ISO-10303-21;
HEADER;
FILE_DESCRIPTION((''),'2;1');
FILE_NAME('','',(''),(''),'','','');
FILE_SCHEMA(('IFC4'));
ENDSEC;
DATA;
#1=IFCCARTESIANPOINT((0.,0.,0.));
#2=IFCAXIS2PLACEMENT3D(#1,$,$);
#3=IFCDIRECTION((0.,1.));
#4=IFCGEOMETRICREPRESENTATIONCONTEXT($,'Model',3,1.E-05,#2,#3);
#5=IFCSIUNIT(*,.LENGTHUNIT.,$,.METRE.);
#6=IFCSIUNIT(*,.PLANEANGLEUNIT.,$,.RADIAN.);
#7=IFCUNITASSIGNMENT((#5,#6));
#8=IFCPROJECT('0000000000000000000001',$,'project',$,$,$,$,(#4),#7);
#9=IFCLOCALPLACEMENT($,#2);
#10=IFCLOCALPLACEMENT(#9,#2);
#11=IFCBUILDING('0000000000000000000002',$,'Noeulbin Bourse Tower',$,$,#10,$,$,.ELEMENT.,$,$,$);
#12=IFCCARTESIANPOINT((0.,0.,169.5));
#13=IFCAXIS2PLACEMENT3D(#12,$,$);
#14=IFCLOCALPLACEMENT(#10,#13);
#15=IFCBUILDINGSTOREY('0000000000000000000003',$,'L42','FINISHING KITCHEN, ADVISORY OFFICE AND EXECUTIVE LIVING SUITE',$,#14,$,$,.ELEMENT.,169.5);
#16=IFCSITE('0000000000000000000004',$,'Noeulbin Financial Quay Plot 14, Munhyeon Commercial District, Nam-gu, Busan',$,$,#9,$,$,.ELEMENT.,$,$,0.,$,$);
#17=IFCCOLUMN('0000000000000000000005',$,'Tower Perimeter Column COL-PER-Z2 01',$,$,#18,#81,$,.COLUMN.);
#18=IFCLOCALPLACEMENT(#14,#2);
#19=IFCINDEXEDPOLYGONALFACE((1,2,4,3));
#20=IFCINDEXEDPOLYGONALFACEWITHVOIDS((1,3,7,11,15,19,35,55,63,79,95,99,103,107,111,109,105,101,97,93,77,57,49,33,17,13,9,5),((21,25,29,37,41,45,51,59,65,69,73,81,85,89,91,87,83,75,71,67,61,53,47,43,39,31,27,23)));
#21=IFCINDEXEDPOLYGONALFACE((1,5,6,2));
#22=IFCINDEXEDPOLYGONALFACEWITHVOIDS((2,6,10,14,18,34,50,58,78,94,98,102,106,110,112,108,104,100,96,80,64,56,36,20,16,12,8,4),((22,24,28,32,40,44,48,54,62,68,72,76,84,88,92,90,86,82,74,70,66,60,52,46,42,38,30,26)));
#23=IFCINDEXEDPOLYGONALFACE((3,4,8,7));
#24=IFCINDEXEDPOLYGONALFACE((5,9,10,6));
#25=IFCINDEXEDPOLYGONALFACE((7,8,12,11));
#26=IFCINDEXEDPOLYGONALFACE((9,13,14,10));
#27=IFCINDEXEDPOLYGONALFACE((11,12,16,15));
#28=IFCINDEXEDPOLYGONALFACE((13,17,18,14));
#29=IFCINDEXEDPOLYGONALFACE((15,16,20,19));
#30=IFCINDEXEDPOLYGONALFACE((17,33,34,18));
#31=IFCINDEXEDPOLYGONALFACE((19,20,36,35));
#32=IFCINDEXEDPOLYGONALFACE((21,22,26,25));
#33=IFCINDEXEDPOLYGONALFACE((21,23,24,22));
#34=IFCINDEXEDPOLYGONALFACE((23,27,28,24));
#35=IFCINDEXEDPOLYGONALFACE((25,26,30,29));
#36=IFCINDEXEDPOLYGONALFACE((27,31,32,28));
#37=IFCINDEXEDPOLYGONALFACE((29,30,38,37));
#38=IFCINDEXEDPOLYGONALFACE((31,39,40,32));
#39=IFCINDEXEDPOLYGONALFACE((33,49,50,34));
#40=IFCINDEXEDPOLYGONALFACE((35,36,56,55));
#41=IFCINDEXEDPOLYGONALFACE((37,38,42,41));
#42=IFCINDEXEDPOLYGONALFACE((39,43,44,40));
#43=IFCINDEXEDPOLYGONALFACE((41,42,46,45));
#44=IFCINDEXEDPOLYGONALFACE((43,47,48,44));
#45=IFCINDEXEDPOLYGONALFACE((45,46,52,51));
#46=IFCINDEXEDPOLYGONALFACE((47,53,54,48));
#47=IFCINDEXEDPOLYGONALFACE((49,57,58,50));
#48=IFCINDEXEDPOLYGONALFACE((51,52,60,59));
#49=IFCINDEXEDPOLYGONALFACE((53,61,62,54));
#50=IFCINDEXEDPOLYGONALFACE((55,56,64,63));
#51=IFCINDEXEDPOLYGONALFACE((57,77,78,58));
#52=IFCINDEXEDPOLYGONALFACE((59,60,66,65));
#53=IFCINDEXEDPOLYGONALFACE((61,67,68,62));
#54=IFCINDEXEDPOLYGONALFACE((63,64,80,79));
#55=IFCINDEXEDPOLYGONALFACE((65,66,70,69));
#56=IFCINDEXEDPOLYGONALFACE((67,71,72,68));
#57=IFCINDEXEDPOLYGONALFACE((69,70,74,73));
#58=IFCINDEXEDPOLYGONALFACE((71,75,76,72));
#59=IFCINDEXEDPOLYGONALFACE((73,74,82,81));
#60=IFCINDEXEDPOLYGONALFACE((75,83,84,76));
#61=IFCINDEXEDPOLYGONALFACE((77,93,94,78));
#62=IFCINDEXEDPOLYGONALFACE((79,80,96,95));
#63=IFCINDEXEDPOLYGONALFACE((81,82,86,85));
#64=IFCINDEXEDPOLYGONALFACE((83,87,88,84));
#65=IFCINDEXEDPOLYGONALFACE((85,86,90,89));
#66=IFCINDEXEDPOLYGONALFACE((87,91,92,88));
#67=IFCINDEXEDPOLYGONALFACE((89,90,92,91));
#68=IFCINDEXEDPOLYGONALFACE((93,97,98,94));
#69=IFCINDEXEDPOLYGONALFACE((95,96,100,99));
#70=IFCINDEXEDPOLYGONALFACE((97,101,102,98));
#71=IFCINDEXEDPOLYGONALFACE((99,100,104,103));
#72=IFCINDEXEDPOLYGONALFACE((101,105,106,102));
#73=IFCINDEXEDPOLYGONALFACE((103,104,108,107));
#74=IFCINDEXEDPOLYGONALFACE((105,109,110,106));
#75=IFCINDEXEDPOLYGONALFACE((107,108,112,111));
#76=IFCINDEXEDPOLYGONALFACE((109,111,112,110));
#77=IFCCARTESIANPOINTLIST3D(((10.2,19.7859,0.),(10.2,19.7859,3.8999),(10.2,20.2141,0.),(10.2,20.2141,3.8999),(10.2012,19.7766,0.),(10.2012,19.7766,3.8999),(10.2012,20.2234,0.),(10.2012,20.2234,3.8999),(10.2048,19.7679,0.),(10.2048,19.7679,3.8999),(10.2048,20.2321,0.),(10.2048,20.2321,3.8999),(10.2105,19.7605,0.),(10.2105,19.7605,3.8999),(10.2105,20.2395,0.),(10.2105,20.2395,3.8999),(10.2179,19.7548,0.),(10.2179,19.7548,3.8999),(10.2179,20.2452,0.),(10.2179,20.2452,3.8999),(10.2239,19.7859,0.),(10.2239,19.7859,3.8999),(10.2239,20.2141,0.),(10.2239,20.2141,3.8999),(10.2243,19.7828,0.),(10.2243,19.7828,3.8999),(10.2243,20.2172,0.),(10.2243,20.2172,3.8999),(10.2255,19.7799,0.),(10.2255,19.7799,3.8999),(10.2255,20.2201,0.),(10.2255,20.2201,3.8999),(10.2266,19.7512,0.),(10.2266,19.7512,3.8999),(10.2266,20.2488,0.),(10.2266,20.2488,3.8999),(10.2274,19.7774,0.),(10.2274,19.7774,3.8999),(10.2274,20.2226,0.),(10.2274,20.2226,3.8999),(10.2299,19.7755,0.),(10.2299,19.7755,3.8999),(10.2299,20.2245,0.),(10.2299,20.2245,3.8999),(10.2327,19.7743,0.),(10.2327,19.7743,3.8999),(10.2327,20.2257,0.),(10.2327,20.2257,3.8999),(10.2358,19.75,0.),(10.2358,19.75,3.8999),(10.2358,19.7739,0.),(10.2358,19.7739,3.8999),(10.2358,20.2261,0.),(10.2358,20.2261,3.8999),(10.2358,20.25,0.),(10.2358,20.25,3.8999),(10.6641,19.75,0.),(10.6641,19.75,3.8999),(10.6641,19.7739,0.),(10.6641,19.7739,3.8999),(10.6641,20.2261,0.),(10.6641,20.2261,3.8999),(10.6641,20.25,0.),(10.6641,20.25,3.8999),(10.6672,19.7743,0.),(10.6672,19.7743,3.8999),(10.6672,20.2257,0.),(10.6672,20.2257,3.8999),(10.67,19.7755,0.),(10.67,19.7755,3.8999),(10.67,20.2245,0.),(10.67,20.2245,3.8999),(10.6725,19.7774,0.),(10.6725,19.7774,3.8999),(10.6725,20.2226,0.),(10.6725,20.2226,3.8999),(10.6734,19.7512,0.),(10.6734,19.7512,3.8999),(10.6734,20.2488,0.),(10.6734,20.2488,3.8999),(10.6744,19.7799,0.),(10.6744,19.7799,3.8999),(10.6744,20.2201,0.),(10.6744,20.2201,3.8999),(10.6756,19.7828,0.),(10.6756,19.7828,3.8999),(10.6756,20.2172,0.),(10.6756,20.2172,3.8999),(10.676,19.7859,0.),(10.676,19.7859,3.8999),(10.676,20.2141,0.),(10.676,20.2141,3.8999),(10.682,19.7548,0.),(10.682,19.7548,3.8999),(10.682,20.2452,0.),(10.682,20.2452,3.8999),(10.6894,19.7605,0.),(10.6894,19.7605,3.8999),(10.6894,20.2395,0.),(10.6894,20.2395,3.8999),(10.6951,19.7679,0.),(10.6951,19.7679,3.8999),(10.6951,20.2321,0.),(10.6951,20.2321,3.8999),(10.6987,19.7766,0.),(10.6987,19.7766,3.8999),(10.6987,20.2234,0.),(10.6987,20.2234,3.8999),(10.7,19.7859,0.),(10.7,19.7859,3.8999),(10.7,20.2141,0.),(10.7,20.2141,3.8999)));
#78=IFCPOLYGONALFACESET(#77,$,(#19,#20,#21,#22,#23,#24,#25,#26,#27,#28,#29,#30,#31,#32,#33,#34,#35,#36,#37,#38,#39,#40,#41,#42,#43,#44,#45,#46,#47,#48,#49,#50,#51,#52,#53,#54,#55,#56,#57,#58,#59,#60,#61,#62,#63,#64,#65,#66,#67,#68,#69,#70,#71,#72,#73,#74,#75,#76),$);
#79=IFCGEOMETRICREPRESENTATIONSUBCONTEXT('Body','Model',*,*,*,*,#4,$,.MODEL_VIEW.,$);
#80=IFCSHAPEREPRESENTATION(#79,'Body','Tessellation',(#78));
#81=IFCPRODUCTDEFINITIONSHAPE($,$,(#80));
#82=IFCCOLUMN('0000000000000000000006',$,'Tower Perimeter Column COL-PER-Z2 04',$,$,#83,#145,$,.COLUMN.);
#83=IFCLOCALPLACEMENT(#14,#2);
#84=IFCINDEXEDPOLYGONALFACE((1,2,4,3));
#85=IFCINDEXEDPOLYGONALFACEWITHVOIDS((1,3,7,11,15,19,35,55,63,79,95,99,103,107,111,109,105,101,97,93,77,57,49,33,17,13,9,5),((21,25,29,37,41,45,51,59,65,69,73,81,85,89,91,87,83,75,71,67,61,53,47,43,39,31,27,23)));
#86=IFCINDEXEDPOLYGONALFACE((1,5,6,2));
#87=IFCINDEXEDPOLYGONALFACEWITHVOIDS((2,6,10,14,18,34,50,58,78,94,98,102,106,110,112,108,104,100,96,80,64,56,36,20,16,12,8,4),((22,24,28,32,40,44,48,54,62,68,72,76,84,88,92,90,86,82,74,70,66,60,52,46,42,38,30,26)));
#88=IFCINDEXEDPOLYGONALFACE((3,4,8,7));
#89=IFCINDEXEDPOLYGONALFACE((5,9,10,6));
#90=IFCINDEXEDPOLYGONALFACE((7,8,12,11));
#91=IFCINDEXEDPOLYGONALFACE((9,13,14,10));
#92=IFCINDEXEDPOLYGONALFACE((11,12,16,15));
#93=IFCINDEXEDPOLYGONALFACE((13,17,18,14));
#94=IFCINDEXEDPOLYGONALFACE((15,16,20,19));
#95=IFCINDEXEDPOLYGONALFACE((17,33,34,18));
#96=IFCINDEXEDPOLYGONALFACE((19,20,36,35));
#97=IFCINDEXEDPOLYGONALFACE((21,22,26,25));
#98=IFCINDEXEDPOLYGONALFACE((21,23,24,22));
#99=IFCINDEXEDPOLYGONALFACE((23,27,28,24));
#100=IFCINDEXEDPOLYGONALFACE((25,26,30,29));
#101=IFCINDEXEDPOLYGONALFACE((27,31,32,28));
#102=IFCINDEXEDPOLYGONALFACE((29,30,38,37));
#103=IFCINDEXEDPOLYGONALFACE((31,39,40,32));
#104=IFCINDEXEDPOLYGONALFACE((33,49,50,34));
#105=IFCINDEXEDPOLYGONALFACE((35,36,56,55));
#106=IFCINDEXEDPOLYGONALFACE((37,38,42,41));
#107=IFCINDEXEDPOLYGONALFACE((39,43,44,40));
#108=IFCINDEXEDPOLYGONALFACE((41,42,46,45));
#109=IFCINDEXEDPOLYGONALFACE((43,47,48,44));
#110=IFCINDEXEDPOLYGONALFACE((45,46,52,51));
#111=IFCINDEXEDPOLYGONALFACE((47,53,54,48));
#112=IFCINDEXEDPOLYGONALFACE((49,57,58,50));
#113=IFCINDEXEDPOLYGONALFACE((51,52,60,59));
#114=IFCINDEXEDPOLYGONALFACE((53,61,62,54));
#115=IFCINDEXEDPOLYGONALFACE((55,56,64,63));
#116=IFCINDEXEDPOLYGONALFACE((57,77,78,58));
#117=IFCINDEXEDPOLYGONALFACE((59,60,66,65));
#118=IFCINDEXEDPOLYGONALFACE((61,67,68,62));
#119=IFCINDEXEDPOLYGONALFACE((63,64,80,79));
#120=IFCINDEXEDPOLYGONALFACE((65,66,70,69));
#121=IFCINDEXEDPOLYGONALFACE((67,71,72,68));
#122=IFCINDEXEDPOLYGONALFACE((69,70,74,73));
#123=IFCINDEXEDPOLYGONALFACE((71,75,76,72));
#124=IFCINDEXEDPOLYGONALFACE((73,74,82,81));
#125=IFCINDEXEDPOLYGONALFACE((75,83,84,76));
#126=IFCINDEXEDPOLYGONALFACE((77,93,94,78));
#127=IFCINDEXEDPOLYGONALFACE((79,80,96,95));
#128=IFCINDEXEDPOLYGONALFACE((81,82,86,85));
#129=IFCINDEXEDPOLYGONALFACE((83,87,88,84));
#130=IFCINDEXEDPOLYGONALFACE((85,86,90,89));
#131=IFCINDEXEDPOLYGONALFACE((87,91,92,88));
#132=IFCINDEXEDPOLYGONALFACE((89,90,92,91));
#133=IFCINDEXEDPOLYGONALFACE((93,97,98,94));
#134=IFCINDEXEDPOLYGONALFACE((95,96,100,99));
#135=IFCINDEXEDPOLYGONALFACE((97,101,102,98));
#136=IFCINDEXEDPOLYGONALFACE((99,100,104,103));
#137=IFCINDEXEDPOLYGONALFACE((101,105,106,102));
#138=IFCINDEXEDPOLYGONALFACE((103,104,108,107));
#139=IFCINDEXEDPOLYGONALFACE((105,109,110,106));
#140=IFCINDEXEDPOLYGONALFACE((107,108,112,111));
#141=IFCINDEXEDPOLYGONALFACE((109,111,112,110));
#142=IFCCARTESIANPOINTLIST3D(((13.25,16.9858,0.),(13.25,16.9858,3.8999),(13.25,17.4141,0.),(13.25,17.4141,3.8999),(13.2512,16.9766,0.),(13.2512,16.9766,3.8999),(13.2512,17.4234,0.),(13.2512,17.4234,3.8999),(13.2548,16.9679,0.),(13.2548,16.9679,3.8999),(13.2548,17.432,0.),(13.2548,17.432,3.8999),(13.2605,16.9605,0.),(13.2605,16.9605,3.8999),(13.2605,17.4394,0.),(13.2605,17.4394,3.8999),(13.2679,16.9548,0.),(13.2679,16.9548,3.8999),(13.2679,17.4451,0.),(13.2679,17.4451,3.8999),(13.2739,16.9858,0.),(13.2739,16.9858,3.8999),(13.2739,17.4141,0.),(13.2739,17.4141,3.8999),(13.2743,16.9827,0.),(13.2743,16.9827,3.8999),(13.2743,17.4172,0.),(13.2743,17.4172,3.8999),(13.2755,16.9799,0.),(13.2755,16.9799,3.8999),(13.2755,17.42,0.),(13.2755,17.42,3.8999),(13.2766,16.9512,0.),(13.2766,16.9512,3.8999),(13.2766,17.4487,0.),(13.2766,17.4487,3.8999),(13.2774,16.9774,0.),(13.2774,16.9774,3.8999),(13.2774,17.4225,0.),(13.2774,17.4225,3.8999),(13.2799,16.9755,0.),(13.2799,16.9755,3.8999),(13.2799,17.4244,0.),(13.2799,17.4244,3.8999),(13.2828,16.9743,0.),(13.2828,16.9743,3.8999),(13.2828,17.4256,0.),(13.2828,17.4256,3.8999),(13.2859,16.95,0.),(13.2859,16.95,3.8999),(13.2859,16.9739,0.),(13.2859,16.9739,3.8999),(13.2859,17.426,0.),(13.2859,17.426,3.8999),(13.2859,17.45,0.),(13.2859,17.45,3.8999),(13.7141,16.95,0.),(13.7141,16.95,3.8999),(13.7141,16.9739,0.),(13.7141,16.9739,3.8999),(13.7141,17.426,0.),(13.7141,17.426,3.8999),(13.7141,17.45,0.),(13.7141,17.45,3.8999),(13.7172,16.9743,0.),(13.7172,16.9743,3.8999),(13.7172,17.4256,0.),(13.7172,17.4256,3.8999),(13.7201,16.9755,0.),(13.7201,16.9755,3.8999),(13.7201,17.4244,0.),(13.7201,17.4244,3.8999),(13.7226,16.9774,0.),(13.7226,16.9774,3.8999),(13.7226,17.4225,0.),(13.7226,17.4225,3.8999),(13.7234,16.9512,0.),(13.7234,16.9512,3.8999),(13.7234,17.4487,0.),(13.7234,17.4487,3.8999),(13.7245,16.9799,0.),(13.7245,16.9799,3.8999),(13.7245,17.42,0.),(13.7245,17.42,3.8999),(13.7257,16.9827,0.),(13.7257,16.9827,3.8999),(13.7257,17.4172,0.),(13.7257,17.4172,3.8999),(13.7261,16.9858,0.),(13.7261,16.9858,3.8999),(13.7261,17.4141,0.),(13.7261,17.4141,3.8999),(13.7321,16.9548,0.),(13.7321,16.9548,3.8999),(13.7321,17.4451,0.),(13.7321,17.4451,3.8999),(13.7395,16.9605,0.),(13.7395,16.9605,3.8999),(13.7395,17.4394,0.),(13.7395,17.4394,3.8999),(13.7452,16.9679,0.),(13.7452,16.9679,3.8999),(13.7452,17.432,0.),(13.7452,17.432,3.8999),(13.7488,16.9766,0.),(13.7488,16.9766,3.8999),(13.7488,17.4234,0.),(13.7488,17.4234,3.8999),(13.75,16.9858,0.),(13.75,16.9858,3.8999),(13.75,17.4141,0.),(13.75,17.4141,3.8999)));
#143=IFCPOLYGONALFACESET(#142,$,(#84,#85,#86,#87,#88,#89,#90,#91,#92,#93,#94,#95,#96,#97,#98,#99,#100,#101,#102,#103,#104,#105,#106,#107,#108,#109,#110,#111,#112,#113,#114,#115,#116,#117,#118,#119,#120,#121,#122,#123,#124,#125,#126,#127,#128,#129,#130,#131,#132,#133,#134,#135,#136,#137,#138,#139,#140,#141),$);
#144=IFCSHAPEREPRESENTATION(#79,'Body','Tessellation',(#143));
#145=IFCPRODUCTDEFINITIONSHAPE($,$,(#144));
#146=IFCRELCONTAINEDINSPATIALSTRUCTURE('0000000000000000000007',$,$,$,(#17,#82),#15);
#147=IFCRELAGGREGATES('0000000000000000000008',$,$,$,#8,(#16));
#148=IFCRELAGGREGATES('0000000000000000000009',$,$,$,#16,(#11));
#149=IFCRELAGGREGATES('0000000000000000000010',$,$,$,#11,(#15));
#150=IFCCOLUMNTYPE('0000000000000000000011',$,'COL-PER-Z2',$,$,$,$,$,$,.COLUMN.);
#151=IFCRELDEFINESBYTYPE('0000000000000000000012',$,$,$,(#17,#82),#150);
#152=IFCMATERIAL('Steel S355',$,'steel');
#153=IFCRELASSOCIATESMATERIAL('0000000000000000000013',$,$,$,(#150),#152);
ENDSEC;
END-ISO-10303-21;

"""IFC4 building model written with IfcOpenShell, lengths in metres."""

from ifc_helpers import new_model, si_unit, direction, frame, origin, origin_2d, place, context, subcontext, project, spatial, hollow_rectangle, extrude, material, material_profile, profile_set, type_object, element, save


model = new_model("IFC4")

# Units and contexts
model_context = context("Model", 3, precision=1e-05, world=origin(), true_north=direction((0.0, 1.0)))
body_context = subcontext(model_context, "Body", "Model", "MODEL_VIEW")
ifc_project = project(units=[si_unit("LENGTHUNIT", "METRE"), si_unit("PLANEANGLEUNIT", "RADIAN")], contexts=[model_context])

# Site, building, storey
site_placement = place(None, origin())
site = spatial("IfcSite", under=ifc_project, at=site_placement, Name="Noeulbin Financial Quay Plot 14, Munhyeon Commercial District, Nam-gu, Busan", CompositionType="ELEMENT", RefElevation=0.0)
building_placement = place(site_placement, origin())
building = spatial("IfcBuilding", under=site, at=building_placement, Name="Noeulbin Bourse Tower", CompositionType="ELEMENT")
storey_placement = place(building_placement, frame((0.0, 0.0, 169.5)))
storey = spatial("IfcBuildingStorey", under=building, at=storey_placement, Name="L42", Description="FINISHING KITCHEN, ADVISORY OFFICE AND EXECUTIVE LIVING SUITE", CompositionType="ELEMENT", Elevation=169.5)

# Columns
ifc_material_1 = material(Name="Steel S355", Category="steel")
ifc_material_profile_1 = material_profile(ifc_material_1, hollow_rectangle(XDim=0.5, YDim=0.5, WallThickness=0.0239, InnerFilletRadius=0.012, OuterFilletRadius=0.0359, at=origin_2d()), Name="BOX-500x500x24", Category="LoadBearing")
ifc_profile_set_1 = profile_set([ifc_material_profile_1], Name="Steel S355")
column_type_1 = type_object("IfcColumnType", Name="COL-PER-Z2", PredefinedType="COLUMN", material=ifc_profile_set_1)
for number, where, z_axis, x_axis, name in (
    (1, (10.45, 20.0, 0.0), (0.0, 0.0, 1.0), (1.0, 0.0, 0.0), "Tower Perimeter Column COL-PER-Z2 01"),
    (2, (13.5, 17.2, 0.0), (0.0, 0.0, 1.0), (1.0, 0.0, 0.0), "Tower Perimeter Column COL-PER-Z2 04"),
):
    element("IfcColumn", number, at=place(storey_placement, frame(where, z_axis=z_axis, x_axis=x_axis)), inside=storey, type_object=column_type_1, Name=name, PredefinedType="COLUMN", context=body_context, shape_type="SweptSolid", body=[
        extrude(hollow_rectangle(XDim=0.5, YDim=0.5, WallThickness=0.0239, InnerFilletRadius=0.012, OuterFilletRadius=0.0359, at=origin_2d()), origin(), (0.0, 0.0, 1.0), 3.8999),
    ])

save(model, "model.ifc")
